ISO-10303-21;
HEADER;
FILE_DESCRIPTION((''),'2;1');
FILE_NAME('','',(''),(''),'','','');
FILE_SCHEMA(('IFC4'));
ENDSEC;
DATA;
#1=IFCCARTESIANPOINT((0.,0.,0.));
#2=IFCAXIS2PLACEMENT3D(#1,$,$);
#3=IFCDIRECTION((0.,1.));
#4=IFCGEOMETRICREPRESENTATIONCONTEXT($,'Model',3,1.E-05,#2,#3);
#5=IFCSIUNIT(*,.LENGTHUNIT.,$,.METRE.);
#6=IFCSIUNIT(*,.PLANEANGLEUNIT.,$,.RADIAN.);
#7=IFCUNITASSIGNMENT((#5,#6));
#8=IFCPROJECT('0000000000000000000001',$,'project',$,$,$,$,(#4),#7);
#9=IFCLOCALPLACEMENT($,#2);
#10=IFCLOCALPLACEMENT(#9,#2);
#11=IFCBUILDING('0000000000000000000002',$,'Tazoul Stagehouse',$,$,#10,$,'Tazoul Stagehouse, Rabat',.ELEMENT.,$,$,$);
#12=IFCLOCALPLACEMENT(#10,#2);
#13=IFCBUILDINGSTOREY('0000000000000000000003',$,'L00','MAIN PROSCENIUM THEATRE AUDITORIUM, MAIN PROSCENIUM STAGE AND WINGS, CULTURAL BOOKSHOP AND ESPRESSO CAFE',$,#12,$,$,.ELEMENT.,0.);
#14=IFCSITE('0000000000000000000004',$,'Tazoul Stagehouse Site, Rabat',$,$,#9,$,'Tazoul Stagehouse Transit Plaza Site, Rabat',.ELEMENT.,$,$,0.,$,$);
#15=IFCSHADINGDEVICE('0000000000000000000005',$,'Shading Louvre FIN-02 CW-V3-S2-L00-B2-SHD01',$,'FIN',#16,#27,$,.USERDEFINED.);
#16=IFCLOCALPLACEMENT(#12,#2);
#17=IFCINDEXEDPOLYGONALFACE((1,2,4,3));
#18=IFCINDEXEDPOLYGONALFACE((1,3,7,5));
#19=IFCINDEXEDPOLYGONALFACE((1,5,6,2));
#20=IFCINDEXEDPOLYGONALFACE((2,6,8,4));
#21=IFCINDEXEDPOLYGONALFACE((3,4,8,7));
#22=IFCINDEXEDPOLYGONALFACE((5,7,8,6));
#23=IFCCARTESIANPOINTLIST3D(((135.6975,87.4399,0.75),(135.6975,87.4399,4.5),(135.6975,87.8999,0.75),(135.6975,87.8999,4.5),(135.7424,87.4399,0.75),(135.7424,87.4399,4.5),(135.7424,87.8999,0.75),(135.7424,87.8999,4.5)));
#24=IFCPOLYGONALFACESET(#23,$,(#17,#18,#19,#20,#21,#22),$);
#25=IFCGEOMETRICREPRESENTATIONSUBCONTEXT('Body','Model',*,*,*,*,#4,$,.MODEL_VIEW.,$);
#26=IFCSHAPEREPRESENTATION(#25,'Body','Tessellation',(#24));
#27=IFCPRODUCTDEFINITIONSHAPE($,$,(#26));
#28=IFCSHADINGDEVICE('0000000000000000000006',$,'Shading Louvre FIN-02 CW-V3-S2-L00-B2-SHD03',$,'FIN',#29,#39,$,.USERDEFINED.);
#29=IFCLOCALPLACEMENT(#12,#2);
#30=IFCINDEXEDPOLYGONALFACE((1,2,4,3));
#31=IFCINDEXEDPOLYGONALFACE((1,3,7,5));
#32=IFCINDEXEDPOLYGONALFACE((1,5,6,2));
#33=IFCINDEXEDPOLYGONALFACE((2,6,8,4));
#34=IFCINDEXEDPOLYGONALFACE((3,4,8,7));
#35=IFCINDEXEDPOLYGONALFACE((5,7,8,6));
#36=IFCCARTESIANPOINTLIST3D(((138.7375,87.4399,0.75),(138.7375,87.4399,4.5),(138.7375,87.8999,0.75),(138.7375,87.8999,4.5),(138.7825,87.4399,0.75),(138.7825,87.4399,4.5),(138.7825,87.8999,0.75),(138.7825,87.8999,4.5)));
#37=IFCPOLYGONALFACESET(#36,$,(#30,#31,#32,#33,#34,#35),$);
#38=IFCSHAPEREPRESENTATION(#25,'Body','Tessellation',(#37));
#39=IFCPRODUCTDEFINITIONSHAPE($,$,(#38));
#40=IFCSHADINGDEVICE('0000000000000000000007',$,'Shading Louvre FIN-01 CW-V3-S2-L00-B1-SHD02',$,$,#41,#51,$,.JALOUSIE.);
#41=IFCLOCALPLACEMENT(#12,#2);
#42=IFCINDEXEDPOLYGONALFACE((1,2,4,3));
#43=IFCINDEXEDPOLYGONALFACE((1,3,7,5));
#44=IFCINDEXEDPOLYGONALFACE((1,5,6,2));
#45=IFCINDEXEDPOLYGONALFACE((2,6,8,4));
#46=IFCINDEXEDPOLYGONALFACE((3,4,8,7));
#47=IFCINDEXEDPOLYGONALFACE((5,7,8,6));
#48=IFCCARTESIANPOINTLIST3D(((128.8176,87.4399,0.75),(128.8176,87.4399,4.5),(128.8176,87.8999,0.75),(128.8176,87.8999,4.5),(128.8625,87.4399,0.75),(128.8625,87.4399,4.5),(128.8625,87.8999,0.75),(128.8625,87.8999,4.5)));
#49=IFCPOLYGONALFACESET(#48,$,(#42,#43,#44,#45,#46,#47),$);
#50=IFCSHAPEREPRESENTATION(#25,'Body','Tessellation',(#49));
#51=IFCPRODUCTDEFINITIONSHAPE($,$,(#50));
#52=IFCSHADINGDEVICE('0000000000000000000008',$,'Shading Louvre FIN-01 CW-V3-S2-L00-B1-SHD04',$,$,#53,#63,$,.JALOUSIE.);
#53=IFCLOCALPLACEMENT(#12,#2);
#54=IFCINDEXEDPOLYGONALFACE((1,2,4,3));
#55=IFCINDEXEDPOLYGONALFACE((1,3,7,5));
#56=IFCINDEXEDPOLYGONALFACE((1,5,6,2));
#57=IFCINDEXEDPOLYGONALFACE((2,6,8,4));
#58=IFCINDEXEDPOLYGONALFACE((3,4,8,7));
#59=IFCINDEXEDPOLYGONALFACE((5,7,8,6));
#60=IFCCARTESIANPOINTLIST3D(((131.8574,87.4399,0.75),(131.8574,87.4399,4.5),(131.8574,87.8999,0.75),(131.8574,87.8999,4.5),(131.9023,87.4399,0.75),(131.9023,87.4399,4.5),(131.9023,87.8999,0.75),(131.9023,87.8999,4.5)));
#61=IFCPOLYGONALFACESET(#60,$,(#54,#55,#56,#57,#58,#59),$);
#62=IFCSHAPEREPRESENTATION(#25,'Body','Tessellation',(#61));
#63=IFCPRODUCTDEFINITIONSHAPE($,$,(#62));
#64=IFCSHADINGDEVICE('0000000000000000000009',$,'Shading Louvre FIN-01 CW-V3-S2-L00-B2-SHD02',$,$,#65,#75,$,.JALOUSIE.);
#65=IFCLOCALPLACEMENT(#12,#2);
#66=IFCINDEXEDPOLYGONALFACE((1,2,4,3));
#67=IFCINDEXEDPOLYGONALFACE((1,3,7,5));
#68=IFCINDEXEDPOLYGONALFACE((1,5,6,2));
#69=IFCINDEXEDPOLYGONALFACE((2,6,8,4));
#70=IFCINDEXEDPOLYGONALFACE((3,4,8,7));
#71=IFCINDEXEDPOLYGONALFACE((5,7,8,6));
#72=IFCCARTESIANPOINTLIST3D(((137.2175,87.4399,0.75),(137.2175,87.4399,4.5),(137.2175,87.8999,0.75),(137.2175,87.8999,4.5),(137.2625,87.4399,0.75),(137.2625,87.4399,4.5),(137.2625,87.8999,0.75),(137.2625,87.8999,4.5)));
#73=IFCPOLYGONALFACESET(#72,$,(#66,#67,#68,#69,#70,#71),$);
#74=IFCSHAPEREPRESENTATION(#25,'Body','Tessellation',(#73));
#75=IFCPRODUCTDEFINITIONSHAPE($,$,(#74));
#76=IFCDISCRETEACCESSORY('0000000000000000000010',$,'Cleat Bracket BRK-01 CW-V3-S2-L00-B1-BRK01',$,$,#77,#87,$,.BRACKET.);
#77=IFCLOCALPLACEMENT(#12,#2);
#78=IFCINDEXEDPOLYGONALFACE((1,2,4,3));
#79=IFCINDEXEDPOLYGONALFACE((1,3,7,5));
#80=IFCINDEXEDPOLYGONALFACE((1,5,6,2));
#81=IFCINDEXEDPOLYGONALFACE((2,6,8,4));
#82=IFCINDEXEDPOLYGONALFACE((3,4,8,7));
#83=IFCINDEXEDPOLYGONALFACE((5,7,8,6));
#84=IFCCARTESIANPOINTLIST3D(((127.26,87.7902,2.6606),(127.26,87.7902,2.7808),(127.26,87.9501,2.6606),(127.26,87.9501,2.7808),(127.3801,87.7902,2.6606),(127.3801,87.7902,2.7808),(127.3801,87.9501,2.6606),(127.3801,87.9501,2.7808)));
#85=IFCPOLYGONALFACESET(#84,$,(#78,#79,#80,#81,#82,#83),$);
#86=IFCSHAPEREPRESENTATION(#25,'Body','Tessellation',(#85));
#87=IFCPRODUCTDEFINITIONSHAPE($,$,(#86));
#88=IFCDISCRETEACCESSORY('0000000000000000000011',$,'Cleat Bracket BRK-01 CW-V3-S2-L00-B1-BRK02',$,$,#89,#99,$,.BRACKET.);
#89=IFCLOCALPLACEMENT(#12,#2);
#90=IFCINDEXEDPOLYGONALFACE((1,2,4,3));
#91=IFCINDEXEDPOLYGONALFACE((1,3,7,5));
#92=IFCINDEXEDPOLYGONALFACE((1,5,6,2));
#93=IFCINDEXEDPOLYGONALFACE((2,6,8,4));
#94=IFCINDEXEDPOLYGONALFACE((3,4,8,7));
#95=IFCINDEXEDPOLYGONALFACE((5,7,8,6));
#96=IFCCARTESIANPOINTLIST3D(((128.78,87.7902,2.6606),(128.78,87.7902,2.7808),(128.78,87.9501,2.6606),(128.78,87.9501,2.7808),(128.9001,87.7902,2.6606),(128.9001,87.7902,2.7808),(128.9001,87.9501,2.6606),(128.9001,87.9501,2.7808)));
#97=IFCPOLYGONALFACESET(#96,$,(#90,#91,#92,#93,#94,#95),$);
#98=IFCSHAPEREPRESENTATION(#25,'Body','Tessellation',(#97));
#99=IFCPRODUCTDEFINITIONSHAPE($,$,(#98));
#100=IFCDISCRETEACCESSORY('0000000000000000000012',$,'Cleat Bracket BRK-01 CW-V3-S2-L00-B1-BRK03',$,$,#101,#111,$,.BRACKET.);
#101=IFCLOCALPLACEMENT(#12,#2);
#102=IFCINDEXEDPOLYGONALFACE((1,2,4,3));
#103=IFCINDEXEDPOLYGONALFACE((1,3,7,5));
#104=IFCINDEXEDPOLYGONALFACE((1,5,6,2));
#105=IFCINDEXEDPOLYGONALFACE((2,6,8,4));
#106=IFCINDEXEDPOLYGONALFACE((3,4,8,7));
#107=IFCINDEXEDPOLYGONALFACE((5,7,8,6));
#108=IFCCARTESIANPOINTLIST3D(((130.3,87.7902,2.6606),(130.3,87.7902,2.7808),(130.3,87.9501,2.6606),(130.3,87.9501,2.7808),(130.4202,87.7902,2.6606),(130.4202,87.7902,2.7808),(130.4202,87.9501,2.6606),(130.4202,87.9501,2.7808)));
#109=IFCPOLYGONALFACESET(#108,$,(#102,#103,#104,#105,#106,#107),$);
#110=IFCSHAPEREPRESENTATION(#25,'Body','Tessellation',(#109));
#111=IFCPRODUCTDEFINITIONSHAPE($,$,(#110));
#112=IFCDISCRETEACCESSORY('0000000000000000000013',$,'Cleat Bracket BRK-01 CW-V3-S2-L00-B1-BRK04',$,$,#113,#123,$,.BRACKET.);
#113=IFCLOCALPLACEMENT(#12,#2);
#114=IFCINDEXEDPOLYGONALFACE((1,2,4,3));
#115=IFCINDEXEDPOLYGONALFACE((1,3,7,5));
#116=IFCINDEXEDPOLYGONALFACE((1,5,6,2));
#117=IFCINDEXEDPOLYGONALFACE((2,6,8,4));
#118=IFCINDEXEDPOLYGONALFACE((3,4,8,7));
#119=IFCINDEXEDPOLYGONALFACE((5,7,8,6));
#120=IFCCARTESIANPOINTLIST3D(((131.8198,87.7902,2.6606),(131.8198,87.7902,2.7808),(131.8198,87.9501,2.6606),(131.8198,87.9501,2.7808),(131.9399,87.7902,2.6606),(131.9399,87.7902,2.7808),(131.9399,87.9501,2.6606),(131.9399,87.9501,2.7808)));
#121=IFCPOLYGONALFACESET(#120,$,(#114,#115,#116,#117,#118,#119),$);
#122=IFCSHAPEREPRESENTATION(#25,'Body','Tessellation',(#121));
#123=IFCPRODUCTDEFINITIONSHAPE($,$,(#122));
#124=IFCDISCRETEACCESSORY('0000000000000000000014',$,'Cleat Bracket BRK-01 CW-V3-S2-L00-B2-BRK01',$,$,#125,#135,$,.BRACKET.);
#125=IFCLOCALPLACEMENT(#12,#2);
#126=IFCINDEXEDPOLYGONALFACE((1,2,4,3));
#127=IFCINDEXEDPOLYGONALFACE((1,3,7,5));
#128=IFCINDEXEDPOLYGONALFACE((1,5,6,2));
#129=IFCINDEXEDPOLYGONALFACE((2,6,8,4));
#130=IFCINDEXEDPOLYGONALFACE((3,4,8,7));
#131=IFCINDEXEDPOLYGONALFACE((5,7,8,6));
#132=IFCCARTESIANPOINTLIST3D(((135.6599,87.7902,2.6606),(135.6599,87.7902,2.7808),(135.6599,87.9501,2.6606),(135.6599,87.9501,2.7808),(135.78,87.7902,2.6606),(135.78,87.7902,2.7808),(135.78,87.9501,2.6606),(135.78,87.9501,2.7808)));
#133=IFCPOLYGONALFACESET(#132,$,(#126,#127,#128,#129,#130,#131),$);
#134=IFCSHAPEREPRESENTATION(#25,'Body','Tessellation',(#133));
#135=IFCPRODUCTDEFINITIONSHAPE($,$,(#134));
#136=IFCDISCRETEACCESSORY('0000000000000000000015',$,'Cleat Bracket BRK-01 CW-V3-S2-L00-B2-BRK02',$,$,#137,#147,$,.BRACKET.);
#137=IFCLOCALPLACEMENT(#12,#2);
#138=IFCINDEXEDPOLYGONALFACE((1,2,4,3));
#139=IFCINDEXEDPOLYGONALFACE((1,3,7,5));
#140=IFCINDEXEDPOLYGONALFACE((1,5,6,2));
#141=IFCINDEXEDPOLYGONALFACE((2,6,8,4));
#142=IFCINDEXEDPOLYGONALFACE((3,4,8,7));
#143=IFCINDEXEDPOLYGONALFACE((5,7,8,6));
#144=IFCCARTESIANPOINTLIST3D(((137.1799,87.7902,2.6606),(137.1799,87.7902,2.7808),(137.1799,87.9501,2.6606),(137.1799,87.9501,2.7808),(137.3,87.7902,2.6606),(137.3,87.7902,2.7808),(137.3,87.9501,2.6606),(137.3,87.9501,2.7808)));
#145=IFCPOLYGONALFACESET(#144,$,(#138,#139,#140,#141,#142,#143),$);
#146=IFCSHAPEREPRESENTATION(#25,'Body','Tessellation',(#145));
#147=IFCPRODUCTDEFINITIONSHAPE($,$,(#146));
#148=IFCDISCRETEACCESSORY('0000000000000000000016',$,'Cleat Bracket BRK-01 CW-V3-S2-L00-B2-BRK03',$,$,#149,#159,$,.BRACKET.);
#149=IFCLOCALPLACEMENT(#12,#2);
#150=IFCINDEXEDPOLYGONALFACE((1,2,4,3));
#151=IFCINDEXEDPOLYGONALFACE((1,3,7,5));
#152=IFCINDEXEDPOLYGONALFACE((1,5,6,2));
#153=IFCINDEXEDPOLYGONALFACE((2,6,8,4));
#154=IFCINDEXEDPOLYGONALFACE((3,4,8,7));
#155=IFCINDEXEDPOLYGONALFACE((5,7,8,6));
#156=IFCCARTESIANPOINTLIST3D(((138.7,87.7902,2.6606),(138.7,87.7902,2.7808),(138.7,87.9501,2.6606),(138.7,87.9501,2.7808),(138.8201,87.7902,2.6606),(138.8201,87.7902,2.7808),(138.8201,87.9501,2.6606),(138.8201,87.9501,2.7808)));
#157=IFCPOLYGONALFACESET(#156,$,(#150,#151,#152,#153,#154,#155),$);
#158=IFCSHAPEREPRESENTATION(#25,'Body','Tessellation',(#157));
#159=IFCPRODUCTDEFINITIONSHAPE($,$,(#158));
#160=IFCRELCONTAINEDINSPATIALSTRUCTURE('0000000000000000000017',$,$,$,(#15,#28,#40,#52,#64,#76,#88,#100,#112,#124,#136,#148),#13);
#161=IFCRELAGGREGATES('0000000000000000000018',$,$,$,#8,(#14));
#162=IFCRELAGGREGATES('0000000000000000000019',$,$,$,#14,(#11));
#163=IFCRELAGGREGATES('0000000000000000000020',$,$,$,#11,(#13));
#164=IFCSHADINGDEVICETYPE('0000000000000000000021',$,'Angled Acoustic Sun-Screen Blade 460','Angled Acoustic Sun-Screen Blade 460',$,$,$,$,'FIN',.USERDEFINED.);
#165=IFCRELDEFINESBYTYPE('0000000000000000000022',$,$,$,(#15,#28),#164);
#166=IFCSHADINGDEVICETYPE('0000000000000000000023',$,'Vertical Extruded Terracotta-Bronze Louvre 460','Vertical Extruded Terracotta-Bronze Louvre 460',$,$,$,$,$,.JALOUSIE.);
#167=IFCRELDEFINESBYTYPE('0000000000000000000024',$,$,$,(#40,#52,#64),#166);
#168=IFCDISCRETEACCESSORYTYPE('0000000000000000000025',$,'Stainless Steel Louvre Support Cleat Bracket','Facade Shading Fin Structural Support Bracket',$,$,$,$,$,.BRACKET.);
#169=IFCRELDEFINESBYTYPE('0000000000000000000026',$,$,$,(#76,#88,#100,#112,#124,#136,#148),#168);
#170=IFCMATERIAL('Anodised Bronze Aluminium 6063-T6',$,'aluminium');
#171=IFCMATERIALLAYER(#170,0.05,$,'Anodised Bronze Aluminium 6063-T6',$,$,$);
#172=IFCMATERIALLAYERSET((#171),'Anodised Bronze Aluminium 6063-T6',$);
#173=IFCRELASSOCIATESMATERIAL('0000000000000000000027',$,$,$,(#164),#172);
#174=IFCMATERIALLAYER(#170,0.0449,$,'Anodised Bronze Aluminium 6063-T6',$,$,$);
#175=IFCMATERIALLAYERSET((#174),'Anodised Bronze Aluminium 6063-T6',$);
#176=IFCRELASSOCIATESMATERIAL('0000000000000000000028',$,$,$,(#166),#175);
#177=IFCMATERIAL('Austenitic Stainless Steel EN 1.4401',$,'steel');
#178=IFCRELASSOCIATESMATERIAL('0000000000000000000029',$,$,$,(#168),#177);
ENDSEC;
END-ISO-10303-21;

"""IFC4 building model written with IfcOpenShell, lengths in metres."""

from ifc_helpers import new_model, si_unit, direction, frame, origin, origin_2d, place, context, subcontext, project, spatial, rectangle, extrude, material, layer, layer_set, type_object, element, save


model = new_model("IFC4")

# Units and contexts
model_context = context("Model", 3, precision=1e-05, world=origin(), true_north=direction((0.0, 1.0)))
body_context = subcontext(model_context, "Body", "Model", "MODEL_VIEW")
ifc_project = project(units=[si_unit("LENGTHUNIT", "METRE"), si_unit("PLANEANGLEUNIT", "RADIAN")], contexts=[model_context])

# Site, building, storey
site_placement = place(None, origin())
site = spatial("IfcSite", under=ifc_project, at=site_placement, Name="Tazoul Stagehouse Site, Rabat", LongName="Tazoul Stagehouse Transit Plaza Site, Rabat", CompositionType="ELEMENT", RefElevation=0.0)
building_placement = place(site_placement, origin())
building = spatial("IfcBuilding", under=site, at=building_placement, Name="Tazoul Stagehouse", LongName="Tazoul Stagehouse, Rabat", CompositionType="ELEMENT")
storey_placement = place(building_placement, origin())
storey = spatial("IfcBuildingStorey", under=building, at=storey_placement, Name="L00", Description="MAIN PROSCENIUM THEATRE AUDITORIUM, MAIN PROSCENIUM STAGE AND WINGS, CULTURAL BOOKSHOP AND ESPRESSO CAFE", CompositionType="ELEMENT", Elevation=0.0)

# Shared definitions
ifc_material_1 = material(Name="Anodised Bronze Aluminium 6063-T6", Category="aluminium")

# Shading devices
ifc_layer_1 = layer(ifc_material_1, 0.05, Name="Anodised Bronze Aluminium 6063-T6")
ifc_layer_set_1 = layer_set([ifc_layer_1], Name="Anodised Bronze Aluminium 6063-T6")
shading_device_type_1 = type_object("IfcShadingDeviceType", Name="Angled Acoustic Sun-Screen Blade 460", Description="Angled Acoustic Sun-Screen Blade 460", ElementType="FIN", PredefinedType="USERDEFINED", material=ifc_layer_set_1)
for number, where, z_axis, x_axis, name in (
    (1, (135.72, 87.6699, 0.75), (0.0, 0.0, 1.0), (1.0, 0.0, 0.0), "Shading Louvre FIN-02 CW-V3-S2-L00-B2-SHD01"),
    (2, (138.76, 87.6699, 0.75), (0.0, 0.0, 1.0), (1.0, 0.0, 0.0), "Shading Louvre FIN-02 CW-V3-S2-L00-B2-SHD03"),
):
    element("IfcShadingDevice", number, at=place(storey_placement, frame(where, z_axis=z_axis, x_axis=x_axis)), inside=storey, type_object=shading_device_type_1, Name=name, ObjectType="FIN", PredefinedType="USERDEFINED", context=body_context, shape_type="SweptSolid", body=[
        extrude(rectangle(XDim=0.0449, YDim=0.46, at=origin_2d()), origin(), (0.0, 0.0, 1.0), 3.75),
    ])
ifc_layer_2 = layer(ifc_material_1, 0.0449, Name="Anodised Bronze Aluminium 6063-T6")
ifc_layer_set_2 = layer_set([ifc_layer_2], Name="Anodised Bronze Aluminium 6063-T6")
shading_device_type_2 = type_object("IfcShadingDeviceType", Name="Vertical Extruded Terracotta-Bronze Louvre 460", Description="Vertical Extruded Terracotta-Bronze Louvre 460", PredefinedType="JALOUSIE", material=ifc_layer_set_2)
for number, where, z_axis, x_axis, name in (
    (3, (128.8401, 87.6699, 0.75), (0.0, 0.0, 1.0), (1.0, 0.0, 0.0), "Shading Louvre FIN-01 CW-V3-S2-L00-B1-SHD02"),
    (4, (131.8799, 87.6699, 0.75), (0.0, 0.0, 1.0), (1.0, 0.0, 0.0), "Shading Louvre FIN-01 CW-V3-S2-L00-B1-SHD04"),
    (5, (137.24, 87.6699, 0.75), (0.0, 0.0, 1.0), (1.0, 0.0, 0.0), "Shading Louvre FIN-01 CW-V3-S2-L00-B2-SHD02"),
):
    element("IfcShadingDevice", number, at=place(storey_placement, frame(where, z_axis=z_axis, x_axis=x_axis)), inside=storey, type_object=shading_device_type_2, Name=name, PredefinedType="JALOUSIE", context=body_context, shape_type="SweptSolid", body=[
        extrude(rectangle(XDim=0.0449, YDim=0.46, at=origin_2d()), origin(), (0.0, 0.0, 1.0), 3.75),
    ])

# Discrete accessories
ifc_material_2 = material(Name="Austenitic Stainless Steel EN 1.4401", Category="steel")
discrete_accessory_type = type_object("IfcDiscreteAccessoryType", Name="Stainless Steel Louvre Support Cleat Bracket", Description="Facade Shading Fin Structural Support Bracket", PredefinedType="BRACKET", material=ifc_material_2)
for number, where, z_axis, x_axis, name in (
    (6, (127.3201, 87.8701, 2.6606), (0.0, 0.0, 1.0), (1.0, 0.0, 0.0), "Cleat Bracket BRK-01 CW-V3-S2-L00-B1-BRK01"),
    (7, (128.8401, 87.8701, 2.6606), (0.0, 0.0, 1.0), (1.0, 0.0, 0.0), "Cleat Bracket BRK-01 CW-V3-S2-L00-B1-BRK02"),
    (8, (130.3601, 87.8701, 2.6606), (0.0, 0.0, 1.0), (1.0, 0.0, 0.0), "Cleat Bracket BRK-01 CW-V3-S2-L00-B1-BRK03"),
    (9, (131.8799, 87.8701, 2.6606), (0.0, 0.0, 1.0), (1.0, 0.0, 0.0), "Cleat Bracket BRK-01 CW-V3-S2-L00-B1-BRK04"),
    (10, (135.72, 87.8701, 2.6606), (0.0, 0.0, 1.0), (1.0, 0.0, 0.0), "Cleat Bracket BRK-01 CW-V3-S2-L00-B2-BRK01"),
    (11, (137.24, 87.8701, 2.6606), (0.0, 0.0, 1.0), (1.0, 0.0, 0.0), "Cleat Bracket BRK-01 CW-V3-S2-L00-B2-BRK02"),
    (12, (138.76, 87.8701, 2.6606), (0.0, 0.0, 1.0), (1.0, 0.0, 0.0), "Cleat Bracket BRK-01 CW-V3-S2-L00-B2-BRK03"),
):
    element("IfcDiscreteAccessory", number, at=place(storey_placement, frame(where, z_axis=z_axis, x_axis=x_axis)), inside=storey, type_object=discrete_accessory_type, Name=name, PredefinedType="BRACKET", context=body_context, shape_type="SweptSolid", body=[
        extrude(rectangle(XDim=0.1201, YDim=0.1599, at=origin_2d()), origin(), (0.0, 0.0, 1.0), 0.1201),
    ])

save(model, "model.ifc")
